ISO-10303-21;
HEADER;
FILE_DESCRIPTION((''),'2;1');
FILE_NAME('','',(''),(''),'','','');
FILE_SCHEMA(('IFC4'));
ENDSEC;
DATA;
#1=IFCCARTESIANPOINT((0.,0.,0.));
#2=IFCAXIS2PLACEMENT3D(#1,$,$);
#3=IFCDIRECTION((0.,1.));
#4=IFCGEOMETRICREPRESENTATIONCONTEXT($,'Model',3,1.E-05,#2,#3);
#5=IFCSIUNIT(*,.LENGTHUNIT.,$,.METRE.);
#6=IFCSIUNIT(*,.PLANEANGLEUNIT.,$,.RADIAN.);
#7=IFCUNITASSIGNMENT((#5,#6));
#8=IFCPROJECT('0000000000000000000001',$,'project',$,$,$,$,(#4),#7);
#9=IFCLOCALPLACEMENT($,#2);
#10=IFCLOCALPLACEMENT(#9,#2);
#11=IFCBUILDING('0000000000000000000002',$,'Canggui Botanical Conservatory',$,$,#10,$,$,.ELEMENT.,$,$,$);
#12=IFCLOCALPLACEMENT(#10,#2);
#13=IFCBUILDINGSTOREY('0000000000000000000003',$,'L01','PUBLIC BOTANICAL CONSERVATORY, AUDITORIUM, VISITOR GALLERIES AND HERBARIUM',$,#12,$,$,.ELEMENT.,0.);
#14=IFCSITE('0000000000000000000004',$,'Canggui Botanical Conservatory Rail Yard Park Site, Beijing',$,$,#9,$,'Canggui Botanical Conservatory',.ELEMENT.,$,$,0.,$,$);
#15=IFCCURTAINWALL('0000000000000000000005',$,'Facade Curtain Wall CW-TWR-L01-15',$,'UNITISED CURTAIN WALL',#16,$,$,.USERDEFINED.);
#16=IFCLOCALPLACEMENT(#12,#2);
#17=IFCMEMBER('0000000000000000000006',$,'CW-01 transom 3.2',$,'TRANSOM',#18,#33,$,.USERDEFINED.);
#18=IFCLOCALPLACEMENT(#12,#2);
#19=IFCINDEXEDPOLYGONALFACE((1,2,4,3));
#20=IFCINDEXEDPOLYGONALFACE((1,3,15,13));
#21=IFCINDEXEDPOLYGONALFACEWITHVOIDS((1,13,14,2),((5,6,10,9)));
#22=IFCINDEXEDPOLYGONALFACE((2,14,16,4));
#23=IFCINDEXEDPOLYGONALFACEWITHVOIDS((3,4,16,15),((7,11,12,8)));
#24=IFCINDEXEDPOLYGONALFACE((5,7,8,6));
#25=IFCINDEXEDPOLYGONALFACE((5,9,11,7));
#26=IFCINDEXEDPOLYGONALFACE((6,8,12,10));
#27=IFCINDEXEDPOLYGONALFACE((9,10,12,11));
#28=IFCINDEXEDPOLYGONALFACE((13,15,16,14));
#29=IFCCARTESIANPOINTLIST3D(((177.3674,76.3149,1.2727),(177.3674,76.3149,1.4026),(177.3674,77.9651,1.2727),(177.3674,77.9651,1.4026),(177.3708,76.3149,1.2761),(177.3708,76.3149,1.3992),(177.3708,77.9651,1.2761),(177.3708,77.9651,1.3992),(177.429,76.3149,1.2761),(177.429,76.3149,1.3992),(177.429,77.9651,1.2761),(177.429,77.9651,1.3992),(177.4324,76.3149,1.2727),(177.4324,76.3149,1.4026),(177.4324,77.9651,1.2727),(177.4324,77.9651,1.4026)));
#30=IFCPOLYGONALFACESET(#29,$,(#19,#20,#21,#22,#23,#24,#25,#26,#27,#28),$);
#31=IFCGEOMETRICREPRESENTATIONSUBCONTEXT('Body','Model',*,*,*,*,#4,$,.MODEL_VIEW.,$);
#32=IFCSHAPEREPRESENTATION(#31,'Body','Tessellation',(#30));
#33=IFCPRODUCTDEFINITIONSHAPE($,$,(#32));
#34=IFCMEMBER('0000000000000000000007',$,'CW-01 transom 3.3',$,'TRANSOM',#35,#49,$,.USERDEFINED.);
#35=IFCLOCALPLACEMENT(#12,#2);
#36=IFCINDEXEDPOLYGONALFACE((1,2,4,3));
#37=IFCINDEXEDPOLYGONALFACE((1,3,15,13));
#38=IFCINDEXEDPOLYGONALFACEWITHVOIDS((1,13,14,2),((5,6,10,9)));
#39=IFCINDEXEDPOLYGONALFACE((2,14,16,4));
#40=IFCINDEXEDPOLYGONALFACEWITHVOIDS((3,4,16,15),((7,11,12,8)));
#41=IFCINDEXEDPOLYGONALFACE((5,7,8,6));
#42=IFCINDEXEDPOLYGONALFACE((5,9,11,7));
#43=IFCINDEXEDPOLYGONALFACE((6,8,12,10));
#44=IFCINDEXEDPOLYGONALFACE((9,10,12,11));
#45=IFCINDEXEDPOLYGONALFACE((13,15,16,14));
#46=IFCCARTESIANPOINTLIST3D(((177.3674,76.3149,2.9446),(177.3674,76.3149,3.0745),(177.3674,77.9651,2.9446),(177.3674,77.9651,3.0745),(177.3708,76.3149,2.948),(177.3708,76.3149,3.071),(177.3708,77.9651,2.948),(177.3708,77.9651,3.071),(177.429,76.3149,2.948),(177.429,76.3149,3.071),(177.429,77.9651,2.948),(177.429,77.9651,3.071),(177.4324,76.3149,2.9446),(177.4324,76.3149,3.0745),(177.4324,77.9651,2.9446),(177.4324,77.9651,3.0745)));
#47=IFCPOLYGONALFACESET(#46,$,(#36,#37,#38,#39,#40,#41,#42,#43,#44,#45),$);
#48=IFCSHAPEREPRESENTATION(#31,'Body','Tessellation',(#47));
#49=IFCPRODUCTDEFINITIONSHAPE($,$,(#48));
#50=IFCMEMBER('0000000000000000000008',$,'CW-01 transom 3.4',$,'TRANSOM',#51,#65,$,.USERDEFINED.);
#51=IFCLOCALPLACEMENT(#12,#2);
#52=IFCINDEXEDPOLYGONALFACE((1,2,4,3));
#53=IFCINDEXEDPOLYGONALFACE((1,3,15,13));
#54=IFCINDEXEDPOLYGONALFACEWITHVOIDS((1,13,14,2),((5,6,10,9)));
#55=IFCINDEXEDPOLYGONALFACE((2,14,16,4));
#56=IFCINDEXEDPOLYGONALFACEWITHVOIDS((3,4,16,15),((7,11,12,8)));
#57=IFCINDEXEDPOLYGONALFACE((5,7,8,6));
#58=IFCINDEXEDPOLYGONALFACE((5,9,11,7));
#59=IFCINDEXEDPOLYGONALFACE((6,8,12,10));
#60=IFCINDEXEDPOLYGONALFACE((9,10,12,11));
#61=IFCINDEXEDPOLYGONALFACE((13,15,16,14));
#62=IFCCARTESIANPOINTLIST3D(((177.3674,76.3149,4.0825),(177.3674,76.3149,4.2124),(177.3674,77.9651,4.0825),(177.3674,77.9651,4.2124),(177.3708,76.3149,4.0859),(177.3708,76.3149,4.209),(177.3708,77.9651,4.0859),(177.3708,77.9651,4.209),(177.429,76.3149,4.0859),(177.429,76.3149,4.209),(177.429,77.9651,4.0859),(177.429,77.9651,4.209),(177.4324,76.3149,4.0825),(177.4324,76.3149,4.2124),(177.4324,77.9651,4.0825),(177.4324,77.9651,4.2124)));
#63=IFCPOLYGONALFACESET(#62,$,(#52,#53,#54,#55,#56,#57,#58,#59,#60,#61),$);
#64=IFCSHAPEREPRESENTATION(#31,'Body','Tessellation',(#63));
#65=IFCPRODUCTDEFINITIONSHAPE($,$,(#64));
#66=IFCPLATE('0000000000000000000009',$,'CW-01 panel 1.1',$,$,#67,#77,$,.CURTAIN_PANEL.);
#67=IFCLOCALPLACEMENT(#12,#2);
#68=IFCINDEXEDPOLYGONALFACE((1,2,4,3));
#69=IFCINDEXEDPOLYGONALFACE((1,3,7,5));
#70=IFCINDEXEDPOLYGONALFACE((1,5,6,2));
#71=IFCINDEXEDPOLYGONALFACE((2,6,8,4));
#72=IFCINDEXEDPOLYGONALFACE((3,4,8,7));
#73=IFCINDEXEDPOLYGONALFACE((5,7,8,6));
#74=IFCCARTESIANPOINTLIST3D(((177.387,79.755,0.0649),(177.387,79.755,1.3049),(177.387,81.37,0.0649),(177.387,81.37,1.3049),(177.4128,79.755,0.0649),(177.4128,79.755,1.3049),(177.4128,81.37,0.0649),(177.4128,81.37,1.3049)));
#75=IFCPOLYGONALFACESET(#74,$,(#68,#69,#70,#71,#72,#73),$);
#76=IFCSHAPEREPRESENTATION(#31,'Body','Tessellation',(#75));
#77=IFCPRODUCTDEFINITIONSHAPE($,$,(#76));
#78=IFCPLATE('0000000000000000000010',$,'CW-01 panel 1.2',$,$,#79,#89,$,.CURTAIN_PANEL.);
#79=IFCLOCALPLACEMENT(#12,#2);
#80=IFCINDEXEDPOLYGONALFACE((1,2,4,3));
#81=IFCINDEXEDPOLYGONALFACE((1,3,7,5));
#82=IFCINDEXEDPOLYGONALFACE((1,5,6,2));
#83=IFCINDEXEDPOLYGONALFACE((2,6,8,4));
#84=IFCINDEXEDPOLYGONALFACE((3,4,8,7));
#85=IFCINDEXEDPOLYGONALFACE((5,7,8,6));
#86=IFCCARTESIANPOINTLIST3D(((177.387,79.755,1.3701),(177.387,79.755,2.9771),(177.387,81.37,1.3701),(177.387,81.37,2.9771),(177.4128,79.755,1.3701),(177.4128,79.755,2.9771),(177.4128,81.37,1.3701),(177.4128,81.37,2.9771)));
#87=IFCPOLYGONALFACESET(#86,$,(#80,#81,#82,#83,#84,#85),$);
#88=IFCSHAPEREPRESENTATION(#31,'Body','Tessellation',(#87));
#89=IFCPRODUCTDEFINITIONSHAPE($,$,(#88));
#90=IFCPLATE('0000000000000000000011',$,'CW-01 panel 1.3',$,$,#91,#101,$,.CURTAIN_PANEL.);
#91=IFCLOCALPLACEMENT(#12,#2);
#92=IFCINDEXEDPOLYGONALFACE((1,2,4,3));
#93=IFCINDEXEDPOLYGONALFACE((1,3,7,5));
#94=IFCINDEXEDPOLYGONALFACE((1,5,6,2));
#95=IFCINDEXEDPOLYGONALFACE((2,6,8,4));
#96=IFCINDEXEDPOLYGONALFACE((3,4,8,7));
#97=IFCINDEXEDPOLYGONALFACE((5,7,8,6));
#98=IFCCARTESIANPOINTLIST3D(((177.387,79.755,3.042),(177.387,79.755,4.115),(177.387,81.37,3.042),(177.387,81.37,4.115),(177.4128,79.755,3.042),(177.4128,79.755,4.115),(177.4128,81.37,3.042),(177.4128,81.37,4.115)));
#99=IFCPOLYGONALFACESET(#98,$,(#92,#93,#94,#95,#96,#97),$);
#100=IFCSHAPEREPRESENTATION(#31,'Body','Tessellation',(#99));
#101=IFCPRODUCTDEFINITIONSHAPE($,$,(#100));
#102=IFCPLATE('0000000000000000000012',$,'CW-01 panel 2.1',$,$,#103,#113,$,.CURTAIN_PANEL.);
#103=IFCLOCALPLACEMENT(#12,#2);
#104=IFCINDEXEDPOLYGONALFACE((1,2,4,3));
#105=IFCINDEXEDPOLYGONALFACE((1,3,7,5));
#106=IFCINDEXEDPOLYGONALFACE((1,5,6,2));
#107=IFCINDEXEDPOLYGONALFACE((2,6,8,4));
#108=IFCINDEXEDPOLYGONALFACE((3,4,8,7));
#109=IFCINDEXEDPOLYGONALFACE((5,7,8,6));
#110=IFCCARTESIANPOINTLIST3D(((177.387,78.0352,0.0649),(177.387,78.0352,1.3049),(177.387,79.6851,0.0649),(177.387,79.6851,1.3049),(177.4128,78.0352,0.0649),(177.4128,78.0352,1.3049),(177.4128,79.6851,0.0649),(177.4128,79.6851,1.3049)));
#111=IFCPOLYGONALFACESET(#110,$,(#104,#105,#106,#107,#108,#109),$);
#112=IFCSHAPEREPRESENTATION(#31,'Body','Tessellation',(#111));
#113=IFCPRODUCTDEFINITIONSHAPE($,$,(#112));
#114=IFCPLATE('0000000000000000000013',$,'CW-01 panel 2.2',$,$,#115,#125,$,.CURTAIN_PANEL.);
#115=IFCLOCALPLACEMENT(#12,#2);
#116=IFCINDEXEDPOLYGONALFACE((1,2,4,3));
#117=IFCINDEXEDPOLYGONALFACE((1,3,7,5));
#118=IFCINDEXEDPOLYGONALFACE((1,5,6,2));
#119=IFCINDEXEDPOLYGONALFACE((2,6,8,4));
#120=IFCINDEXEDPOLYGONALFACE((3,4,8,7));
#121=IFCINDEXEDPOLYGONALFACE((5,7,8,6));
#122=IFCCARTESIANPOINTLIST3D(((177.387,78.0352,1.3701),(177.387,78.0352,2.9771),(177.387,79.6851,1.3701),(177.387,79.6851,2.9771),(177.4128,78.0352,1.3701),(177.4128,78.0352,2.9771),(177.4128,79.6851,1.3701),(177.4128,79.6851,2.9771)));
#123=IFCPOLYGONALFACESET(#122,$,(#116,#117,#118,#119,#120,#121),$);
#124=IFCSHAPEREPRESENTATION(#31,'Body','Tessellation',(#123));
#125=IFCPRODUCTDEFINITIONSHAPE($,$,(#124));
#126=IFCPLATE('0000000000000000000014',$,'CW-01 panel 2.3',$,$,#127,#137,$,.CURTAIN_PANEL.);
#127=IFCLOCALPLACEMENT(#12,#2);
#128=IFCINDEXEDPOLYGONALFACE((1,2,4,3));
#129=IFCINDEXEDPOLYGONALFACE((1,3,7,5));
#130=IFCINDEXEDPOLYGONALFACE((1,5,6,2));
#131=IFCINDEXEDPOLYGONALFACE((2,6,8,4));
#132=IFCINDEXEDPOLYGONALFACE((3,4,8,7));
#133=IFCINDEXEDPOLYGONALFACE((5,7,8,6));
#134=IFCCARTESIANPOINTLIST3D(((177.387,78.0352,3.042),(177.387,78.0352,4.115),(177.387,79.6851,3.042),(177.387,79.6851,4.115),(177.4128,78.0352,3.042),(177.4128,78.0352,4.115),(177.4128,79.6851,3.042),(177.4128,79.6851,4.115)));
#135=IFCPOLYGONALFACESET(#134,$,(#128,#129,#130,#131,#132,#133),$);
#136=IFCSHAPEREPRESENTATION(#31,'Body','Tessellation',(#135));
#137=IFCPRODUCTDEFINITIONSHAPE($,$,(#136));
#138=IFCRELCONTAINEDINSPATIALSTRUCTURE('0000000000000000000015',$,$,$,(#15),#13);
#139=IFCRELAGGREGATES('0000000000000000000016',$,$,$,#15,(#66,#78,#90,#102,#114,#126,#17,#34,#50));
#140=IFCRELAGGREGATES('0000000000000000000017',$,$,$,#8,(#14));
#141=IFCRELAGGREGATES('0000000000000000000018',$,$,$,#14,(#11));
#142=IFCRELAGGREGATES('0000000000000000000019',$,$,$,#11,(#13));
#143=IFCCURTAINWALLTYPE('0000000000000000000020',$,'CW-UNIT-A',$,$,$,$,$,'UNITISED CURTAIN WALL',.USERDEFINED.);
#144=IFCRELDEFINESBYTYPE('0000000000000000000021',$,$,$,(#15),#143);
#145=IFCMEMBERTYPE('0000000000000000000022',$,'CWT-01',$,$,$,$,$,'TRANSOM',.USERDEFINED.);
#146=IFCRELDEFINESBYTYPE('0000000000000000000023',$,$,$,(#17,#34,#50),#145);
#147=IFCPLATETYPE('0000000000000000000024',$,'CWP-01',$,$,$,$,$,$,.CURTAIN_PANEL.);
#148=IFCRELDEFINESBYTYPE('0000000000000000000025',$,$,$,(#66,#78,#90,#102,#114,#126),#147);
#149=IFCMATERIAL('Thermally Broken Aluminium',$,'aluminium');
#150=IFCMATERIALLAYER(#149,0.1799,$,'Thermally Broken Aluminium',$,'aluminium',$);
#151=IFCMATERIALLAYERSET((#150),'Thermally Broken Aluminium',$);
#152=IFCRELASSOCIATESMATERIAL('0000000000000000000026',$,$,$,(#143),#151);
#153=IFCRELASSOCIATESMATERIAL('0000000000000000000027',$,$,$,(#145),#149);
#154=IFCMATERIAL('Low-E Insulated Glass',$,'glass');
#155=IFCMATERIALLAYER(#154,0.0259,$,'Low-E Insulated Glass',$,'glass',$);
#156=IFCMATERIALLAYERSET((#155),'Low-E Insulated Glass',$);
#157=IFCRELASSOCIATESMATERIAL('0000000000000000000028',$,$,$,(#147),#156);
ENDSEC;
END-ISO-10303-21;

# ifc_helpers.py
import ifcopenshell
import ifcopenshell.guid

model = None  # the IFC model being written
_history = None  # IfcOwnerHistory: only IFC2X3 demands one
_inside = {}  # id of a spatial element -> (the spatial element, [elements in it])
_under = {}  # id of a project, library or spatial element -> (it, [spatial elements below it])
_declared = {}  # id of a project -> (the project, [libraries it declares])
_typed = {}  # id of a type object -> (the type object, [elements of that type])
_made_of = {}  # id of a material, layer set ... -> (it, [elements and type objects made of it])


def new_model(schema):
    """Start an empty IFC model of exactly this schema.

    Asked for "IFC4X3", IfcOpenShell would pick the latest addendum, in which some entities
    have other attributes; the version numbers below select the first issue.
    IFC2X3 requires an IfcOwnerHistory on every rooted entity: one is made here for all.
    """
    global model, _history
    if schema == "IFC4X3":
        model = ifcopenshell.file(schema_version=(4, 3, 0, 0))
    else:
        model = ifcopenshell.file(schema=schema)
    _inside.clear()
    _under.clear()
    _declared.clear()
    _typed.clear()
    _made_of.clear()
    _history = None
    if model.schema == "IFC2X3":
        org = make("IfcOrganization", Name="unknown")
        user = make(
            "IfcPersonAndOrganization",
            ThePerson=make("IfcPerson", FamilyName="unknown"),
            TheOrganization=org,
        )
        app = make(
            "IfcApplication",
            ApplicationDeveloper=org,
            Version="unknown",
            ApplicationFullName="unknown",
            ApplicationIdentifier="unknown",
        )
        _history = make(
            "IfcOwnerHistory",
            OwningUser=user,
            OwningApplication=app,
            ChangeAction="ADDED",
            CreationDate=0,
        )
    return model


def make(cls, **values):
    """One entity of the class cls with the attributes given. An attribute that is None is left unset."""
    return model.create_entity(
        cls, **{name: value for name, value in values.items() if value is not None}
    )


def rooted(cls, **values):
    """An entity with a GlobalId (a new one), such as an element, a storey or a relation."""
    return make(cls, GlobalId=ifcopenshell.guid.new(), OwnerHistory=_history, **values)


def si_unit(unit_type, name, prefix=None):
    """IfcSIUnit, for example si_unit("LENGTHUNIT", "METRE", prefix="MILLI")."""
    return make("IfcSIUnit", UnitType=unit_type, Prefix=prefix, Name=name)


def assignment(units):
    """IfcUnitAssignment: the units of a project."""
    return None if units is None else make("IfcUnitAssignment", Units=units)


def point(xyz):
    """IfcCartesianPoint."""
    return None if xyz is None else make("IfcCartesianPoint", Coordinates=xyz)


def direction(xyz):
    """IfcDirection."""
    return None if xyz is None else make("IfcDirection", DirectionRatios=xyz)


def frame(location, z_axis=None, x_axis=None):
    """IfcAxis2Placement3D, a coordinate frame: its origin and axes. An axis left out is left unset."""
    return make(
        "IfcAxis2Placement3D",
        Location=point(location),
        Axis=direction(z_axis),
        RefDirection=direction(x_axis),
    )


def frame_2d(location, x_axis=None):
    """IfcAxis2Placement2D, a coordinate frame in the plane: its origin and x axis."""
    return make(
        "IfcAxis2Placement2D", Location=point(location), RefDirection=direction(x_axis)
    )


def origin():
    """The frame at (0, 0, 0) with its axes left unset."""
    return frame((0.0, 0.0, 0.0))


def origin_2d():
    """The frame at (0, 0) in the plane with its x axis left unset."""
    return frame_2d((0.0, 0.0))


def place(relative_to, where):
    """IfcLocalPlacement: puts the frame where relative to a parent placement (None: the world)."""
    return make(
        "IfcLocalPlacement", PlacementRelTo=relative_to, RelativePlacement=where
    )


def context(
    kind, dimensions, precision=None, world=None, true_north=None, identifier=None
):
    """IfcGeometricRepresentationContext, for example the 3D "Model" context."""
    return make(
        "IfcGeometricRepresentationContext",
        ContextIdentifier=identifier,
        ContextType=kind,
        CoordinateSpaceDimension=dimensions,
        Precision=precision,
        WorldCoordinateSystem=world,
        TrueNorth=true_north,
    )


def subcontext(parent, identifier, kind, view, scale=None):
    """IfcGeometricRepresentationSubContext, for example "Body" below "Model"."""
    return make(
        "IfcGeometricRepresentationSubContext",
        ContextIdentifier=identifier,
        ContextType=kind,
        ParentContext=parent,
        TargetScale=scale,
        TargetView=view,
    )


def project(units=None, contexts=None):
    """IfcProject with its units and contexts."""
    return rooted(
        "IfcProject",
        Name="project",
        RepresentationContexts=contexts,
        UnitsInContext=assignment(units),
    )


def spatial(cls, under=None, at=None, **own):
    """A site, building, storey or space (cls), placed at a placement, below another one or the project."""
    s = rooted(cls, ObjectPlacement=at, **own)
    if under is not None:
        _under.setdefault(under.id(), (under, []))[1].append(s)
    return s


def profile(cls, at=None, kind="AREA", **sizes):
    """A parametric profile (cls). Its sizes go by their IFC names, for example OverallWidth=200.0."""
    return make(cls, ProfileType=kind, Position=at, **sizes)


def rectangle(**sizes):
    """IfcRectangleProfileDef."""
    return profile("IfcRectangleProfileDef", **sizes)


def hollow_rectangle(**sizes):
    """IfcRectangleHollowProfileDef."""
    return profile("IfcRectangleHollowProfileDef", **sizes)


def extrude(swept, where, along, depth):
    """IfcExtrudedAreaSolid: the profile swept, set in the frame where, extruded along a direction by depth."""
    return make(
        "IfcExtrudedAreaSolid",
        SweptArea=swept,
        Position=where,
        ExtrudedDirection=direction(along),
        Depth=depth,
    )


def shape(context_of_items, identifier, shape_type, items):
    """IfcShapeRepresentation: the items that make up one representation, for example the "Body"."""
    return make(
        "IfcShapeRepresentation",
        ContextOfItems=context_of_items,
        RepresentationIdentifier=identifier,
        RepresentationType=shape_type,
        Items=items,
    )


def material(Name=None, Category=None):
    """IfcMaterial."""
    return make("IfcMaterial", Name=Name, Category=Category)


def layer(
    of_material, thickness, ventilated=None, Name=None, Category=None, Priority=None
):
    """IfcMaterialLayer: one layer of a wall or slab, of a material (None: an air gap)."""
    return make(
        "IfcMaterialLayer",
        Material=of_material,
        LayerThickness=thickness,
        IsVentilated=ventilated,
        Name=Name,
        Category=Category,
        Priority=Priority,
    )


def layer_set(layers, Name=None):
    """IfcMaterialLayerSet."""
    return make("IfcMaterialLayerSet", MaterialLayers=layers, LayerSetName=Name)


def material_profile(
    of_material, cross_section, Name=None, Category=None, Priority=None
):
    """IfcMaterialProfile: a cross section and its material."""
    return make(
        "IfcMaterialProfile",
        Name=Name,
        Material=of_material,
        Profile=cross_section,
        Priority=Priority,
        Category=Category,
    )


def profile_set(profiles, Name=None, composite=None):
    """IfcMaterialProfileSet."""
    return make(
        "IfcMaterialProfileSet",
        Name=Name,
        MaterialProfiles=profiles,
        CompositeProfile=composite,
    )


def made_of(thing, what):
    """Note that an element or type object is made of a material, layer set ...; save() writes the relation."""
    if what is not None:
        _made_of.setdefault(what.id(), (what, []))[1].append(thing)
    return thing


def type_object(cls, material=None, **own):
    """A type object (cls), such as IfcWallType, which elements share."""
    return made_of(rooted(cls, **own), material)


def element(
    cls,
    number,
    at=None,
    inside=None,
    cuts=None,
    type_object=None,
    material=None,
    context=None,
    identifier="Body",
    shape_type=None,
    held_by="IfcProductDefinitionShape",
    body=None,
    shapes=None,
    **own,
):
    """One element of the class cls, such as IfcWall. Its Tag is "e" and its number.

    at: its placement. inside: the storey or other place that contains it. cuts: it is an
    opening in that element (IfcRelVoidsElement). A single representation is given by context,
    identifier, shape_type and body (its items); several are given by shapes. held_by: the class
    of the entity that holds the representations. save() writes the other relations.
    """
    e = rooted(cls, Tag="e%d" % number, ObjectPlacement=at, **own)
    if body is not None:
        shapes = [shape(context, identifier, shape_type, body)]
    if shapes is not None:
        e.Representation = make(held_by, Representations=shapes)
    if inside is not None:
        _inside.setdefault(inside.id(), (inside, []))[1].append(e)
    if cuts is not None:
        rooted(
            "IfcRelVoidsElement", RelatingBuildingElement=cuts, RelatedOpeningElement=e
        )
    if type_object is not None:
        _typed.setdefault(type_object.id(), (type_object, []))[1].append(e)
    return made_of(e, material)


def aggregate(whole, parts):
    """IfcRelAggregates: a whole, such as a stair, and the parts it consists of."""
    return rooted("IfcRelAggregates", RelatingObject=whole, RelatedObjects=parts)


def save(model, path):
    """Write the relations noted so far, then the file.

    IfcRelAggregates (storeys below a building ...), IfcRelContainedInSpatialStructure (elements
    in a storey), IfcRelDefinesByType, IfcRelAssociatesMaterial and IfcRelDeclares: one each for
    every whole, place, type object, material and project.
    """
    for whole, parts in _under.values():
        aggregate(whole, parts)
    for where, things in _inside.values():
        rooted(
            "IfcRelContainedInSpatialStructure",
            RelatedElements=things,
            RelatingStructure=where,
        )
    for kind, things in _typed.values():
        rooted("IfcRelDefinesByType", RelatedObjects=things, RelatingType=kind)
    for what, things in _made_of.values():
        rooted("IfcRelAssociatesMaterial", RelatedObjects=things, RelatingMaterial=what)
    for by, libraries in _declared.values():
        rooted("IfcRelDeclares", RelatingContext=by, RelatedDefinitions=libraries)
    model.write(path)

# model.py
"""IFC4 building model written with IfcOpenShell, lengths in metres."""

from ifc_helpers import new_model, si_unit, direction, frame, origin, origin_2d, place, context, subcontext, project, spatial, rectangle, hollow_rectangle, extrude, material, layer, layer_set, material_profile, profile_set, type_object, element, aggregate, save


model = new_model("IFC4")

# Units and contexts
model_context = context("Model", 3, precision=1e-05, world=origin(), true_north=direction((0.0, 1.0)))
body_context = subcontext(model_context, "Body", "Model", "MODEL_VIEW")
ifc_project = project(units=[si_unit("LENGTHUNIT", "METRE"), si_unit("PLANEANGLEUNIT", "RADIAN")], contexts=[model_context])

# Site, building, storey
site_placement = place(None, origin())
site = spatial("IfcSite", under=ifc_project, at=site_placement, Name="Canggui Botanical Conservatory Rail Yard Park Site, Beijing", LongName="Canggui Botanical Conservatory", CompositionType="ELEMENT", RefElevation=0.0)
building_placement = place(site_placement, origin())
building = spatial("IfcBuilding", under=site, at=building_placement, Name="Canggui Botanical Conservatory", CompositionType="ELEMENT")
storey_placement = place(building_placement, origin())
storey = spatial("IfcBuildingStorey", under=building, at=storey_placement, Name="L01", Description="PUBLIC BOTANICAL CONSERVATORY, AUDITORIUM, VISITOR GALLERIES AND HERBARIUM", CompositionType="ELEMENT", Elevation=0.0)

# Curtain wall, members, plates
ifc_material_1 = material(Name="Thermally Broken Aluminium", Category="aluminium")
ifc_layer_1 = layer(ifc_material_1, 0.1799, Name="Thermally Broken Aluminium", Category="aluminium")
ifc_layer_set_1 = layer_set([ifc_layer_1], Name="Thermally Broken Aluminium")
curtain_wall_type = type_object("IfcCurtainWallType", Name="CW-UNIT-A", ElementType="UNITISED CURTAIN WALL", PredefinedType="USERDEFINED", material=ifc_layer_set_1)
curtain_wall_placement = place(storey_placement, origin())
curtain_wall = element("IfcCurtainWall", 1, at=curtain_wall_placement, inside=storey, type_object=curtain_wall_type, Name="Facade Curtain Wall CW-TWR-L01-15", ObjectType="UNITISED CURTAIN WALL", PredefinedType="USERDEFINED")
ifc_material_profile_1 = material_profile(ifc_material_1, hollow_rectangle(XDim=0.0649, YDim=0.1299, WallThickness=0.0034, at=origin_2d()), Name="CWT 65x130x3.5")
ifc_profile_set_1 = profile_set([ifc_material_profile_1], Name="Thermally Broken Aluminium")
member_type_1 = type_object("IfcMemberType", Name="CWT-01", ElementType="TRANSOM", PredefinedType="USERDEFINED", material=ifc_profile_set_1)
member_1_placement = place(storey_placement, frame((177.3999, 77.9651, 1.3376), z_axis=(0.0, -1.0, 0.0), x_axis=(1.0, 0.0, 0.0)))
member_1 = element("IfcMember", 2, at=member_1_placement, type_object=member_type_1, Name="CW-01 transom 3.2", ObjectType="TRANSOM", PredefinedType="USERDEFINED", context=body_context, shape_type="SweptSolid", body=[
    extrude(hollow_rectangle(XDim=0.0649, YDim=0.1299, WallThickness=0.0034, at=origin_2d()), origin(), (0.0, 0.0, 1.0), 1.6501),
])
member_2_placement = place(storey_placement, frame((177.3999, 77.9651, 3.0095), z_axis=(0.0, -1.0, 0.0), x_axis=(1.0, 0.0, 0.0)))
member_2 = element("IfcMember", 3, at=member_2_placement, type_object=member_type_1, Name="CW-01 transom 3.3", ObjectType="TRANSOM", PredefinedType="USERDEFINED", context=body_context, shape_type="SweptSolid", body=[
    extrude(hollow_rectangle(XDim=0.0649, YDim=0.1299, WallThickness=0.0034, at=origin_2d()), origin(), (0.0, 0.0, 1.0), 1.6501),
])
member_3_placement = place(storey_placement, frame((177.3999, 77.9651, 4.1475), z_axis=(0.0, -1.0, 0.0), x_axis=(1.0, 0.0, 0.0)))
member_3 = element("IfcMember", 4, at=member_3_placement, type_object=member_type_1, Name="CW-01 transom 3.4", ObjectType="TRANSOM", PredefinedType="USERDEFINED", context=body_context, shape_type="SweptSolid", body=[
    extrude(hollow_rectangle(XDim=0.0649, YDim=0.1299, WallThickness=0.0034, at=origin_2d()), origin(), (0.0, 0.0, 1.0), 1.6501),
])
ifc_material_2 = material(Name="Low-E Insulated Glass", Category="glass")
ifc_layer_2 = layer(ifc_material_2, 0.0259, Name="Low-E Insulated Glass", Category="glass")
ifc_layer_set_2 = layer_set([ifc_layer_2], Name="Low-E Insulated Glass")
plate_type = type_object("IfcPlateType", Name="CWP-01", PredefinedType="CURTAIN_PANEL", material=ifc_layer_set_2)
plate_1_placement = place(storey_placement, frame((177.3999, 80.5625, 0.0649), z_axis=(0.0, 0.0, 1.0), x_axis=(0.0, -1.0, 0.0)))
plate_1 = element("IfcPlate", 5, at=plate_1_placement, type_object=plate_type, Name="CW-01 panel 1.1", PredefinedType="CURTAIN_PANEL", context=body_context, shape_type="SweptSolid", body=[
    extrude(rectangle(XDim=1.615, YDim=0.0259, at=origin_2d()), origin(), (0.0, 0.0, 1.0), 1.24),
])
plate_2_placement = place(storey_placement, frame((177.3999, 80.5625, 1.3701), z_axis=(0.0, 0.0, 1.0), x_axis=(0.0, -1.0, 0.0)))
plate_2 = element("IfcPlate", 6, at=plate_2_placement, type_object=plate_type, Name="CW-01 panel 1.2", PredefinedType="CURTAIN_PANEL", context=body_context, shape_type="SweptSolid", body=[
    extrude(rectangle(XDim=1.615, YDim=0.0259, at=origin_2d()), origin(), (0.0, 0.0, 1.0), 1.6069),
])
plate_3_placement = place(storey_placement, frame((177.3999, 80.5625, 3.042), z_axis=(0.0, 0.0, 1.0), x_axis=(0.0, -1.0, 0.0)))
plate_3 = element("IfcPlate", 7, at=plate_3_placement, type_object=plate_type, Name="CW-01 panel 1.3", PredefinedType="CURTAIN_PANEL", context=body_context, shape_type="SweptSolid", body=[
    extrude(rectangle(XDim=1.615, YDim=0.0259, at=origin_2d()), origin(), (0.0, 0.0, 1.0), 1.073),
])
plate_4_placement = place(storey_placement, frame((177.3999, 78.8601, 0.0649), z_axis=(0.0, 0.0, 1.0), x_axis=(0.0, -1.0, 0.0)))
plate_4 = element("IfcPlate", 8, at=plate_4_placement, type_object=plate_type, Name="CW-01 panel 2.1", PredefinedType="CURTAIN_PANEL", context=body_context, shape_type="SweptSolid", body=[
    extrude(rectangle(XDim=1.6499, YDim=0.0259, at=origin_2d()), origin(), (0.0, 0.0, 1.0), 1.24),
])
plate_5_placement = place(storey_placement, frame((177.3999, 78.8601, 1.3701), z_axis=(0.0, 0.0, 1.0), x_axis=(0.0, -1.0, 0.0)))
plate_5 = element("IfcPlate", 9, at=plate_5_placement, type_object=plate_type, Name="CW-01 panel 2.2", PredefinedType="CURTAIN_PANEL", context=body_context, shape_type="SweptSolid", body=[
    extrude(rectangle(XDim=1.6499, YDim=0.0259, at=origin_2d()), origin(), (0.0, 0.0, 1.0), 1.6069),
])
plate_6_placement = place(storey_placement, frame((177.3999, 78.8601, 3.042), z_axis=(0.0, 0.0, 1.0), x_axis=(0.0, -1.0, 0.0)))
plate_6 = element("IfcPlate", 10, at=plate_6_placement, type_object=plate_type, Name="CW-01 panel 2.3", PredefinedType="CURTAIN_PANEL", context=body_context, shape_type="SweptSolid", body=[
    extrude(rectangle(XDim=1.6499, YDim=0.0259, at=origin_2d()), origin(), (0.0, 0.0, 1.0), 1.073),
])
aggregate(curtain_wall, [plate_1, plate_2, plate_3, plate_4, plate_5, plate_6, member_1, member_2, member_3])

save(model, "model.ifc")
